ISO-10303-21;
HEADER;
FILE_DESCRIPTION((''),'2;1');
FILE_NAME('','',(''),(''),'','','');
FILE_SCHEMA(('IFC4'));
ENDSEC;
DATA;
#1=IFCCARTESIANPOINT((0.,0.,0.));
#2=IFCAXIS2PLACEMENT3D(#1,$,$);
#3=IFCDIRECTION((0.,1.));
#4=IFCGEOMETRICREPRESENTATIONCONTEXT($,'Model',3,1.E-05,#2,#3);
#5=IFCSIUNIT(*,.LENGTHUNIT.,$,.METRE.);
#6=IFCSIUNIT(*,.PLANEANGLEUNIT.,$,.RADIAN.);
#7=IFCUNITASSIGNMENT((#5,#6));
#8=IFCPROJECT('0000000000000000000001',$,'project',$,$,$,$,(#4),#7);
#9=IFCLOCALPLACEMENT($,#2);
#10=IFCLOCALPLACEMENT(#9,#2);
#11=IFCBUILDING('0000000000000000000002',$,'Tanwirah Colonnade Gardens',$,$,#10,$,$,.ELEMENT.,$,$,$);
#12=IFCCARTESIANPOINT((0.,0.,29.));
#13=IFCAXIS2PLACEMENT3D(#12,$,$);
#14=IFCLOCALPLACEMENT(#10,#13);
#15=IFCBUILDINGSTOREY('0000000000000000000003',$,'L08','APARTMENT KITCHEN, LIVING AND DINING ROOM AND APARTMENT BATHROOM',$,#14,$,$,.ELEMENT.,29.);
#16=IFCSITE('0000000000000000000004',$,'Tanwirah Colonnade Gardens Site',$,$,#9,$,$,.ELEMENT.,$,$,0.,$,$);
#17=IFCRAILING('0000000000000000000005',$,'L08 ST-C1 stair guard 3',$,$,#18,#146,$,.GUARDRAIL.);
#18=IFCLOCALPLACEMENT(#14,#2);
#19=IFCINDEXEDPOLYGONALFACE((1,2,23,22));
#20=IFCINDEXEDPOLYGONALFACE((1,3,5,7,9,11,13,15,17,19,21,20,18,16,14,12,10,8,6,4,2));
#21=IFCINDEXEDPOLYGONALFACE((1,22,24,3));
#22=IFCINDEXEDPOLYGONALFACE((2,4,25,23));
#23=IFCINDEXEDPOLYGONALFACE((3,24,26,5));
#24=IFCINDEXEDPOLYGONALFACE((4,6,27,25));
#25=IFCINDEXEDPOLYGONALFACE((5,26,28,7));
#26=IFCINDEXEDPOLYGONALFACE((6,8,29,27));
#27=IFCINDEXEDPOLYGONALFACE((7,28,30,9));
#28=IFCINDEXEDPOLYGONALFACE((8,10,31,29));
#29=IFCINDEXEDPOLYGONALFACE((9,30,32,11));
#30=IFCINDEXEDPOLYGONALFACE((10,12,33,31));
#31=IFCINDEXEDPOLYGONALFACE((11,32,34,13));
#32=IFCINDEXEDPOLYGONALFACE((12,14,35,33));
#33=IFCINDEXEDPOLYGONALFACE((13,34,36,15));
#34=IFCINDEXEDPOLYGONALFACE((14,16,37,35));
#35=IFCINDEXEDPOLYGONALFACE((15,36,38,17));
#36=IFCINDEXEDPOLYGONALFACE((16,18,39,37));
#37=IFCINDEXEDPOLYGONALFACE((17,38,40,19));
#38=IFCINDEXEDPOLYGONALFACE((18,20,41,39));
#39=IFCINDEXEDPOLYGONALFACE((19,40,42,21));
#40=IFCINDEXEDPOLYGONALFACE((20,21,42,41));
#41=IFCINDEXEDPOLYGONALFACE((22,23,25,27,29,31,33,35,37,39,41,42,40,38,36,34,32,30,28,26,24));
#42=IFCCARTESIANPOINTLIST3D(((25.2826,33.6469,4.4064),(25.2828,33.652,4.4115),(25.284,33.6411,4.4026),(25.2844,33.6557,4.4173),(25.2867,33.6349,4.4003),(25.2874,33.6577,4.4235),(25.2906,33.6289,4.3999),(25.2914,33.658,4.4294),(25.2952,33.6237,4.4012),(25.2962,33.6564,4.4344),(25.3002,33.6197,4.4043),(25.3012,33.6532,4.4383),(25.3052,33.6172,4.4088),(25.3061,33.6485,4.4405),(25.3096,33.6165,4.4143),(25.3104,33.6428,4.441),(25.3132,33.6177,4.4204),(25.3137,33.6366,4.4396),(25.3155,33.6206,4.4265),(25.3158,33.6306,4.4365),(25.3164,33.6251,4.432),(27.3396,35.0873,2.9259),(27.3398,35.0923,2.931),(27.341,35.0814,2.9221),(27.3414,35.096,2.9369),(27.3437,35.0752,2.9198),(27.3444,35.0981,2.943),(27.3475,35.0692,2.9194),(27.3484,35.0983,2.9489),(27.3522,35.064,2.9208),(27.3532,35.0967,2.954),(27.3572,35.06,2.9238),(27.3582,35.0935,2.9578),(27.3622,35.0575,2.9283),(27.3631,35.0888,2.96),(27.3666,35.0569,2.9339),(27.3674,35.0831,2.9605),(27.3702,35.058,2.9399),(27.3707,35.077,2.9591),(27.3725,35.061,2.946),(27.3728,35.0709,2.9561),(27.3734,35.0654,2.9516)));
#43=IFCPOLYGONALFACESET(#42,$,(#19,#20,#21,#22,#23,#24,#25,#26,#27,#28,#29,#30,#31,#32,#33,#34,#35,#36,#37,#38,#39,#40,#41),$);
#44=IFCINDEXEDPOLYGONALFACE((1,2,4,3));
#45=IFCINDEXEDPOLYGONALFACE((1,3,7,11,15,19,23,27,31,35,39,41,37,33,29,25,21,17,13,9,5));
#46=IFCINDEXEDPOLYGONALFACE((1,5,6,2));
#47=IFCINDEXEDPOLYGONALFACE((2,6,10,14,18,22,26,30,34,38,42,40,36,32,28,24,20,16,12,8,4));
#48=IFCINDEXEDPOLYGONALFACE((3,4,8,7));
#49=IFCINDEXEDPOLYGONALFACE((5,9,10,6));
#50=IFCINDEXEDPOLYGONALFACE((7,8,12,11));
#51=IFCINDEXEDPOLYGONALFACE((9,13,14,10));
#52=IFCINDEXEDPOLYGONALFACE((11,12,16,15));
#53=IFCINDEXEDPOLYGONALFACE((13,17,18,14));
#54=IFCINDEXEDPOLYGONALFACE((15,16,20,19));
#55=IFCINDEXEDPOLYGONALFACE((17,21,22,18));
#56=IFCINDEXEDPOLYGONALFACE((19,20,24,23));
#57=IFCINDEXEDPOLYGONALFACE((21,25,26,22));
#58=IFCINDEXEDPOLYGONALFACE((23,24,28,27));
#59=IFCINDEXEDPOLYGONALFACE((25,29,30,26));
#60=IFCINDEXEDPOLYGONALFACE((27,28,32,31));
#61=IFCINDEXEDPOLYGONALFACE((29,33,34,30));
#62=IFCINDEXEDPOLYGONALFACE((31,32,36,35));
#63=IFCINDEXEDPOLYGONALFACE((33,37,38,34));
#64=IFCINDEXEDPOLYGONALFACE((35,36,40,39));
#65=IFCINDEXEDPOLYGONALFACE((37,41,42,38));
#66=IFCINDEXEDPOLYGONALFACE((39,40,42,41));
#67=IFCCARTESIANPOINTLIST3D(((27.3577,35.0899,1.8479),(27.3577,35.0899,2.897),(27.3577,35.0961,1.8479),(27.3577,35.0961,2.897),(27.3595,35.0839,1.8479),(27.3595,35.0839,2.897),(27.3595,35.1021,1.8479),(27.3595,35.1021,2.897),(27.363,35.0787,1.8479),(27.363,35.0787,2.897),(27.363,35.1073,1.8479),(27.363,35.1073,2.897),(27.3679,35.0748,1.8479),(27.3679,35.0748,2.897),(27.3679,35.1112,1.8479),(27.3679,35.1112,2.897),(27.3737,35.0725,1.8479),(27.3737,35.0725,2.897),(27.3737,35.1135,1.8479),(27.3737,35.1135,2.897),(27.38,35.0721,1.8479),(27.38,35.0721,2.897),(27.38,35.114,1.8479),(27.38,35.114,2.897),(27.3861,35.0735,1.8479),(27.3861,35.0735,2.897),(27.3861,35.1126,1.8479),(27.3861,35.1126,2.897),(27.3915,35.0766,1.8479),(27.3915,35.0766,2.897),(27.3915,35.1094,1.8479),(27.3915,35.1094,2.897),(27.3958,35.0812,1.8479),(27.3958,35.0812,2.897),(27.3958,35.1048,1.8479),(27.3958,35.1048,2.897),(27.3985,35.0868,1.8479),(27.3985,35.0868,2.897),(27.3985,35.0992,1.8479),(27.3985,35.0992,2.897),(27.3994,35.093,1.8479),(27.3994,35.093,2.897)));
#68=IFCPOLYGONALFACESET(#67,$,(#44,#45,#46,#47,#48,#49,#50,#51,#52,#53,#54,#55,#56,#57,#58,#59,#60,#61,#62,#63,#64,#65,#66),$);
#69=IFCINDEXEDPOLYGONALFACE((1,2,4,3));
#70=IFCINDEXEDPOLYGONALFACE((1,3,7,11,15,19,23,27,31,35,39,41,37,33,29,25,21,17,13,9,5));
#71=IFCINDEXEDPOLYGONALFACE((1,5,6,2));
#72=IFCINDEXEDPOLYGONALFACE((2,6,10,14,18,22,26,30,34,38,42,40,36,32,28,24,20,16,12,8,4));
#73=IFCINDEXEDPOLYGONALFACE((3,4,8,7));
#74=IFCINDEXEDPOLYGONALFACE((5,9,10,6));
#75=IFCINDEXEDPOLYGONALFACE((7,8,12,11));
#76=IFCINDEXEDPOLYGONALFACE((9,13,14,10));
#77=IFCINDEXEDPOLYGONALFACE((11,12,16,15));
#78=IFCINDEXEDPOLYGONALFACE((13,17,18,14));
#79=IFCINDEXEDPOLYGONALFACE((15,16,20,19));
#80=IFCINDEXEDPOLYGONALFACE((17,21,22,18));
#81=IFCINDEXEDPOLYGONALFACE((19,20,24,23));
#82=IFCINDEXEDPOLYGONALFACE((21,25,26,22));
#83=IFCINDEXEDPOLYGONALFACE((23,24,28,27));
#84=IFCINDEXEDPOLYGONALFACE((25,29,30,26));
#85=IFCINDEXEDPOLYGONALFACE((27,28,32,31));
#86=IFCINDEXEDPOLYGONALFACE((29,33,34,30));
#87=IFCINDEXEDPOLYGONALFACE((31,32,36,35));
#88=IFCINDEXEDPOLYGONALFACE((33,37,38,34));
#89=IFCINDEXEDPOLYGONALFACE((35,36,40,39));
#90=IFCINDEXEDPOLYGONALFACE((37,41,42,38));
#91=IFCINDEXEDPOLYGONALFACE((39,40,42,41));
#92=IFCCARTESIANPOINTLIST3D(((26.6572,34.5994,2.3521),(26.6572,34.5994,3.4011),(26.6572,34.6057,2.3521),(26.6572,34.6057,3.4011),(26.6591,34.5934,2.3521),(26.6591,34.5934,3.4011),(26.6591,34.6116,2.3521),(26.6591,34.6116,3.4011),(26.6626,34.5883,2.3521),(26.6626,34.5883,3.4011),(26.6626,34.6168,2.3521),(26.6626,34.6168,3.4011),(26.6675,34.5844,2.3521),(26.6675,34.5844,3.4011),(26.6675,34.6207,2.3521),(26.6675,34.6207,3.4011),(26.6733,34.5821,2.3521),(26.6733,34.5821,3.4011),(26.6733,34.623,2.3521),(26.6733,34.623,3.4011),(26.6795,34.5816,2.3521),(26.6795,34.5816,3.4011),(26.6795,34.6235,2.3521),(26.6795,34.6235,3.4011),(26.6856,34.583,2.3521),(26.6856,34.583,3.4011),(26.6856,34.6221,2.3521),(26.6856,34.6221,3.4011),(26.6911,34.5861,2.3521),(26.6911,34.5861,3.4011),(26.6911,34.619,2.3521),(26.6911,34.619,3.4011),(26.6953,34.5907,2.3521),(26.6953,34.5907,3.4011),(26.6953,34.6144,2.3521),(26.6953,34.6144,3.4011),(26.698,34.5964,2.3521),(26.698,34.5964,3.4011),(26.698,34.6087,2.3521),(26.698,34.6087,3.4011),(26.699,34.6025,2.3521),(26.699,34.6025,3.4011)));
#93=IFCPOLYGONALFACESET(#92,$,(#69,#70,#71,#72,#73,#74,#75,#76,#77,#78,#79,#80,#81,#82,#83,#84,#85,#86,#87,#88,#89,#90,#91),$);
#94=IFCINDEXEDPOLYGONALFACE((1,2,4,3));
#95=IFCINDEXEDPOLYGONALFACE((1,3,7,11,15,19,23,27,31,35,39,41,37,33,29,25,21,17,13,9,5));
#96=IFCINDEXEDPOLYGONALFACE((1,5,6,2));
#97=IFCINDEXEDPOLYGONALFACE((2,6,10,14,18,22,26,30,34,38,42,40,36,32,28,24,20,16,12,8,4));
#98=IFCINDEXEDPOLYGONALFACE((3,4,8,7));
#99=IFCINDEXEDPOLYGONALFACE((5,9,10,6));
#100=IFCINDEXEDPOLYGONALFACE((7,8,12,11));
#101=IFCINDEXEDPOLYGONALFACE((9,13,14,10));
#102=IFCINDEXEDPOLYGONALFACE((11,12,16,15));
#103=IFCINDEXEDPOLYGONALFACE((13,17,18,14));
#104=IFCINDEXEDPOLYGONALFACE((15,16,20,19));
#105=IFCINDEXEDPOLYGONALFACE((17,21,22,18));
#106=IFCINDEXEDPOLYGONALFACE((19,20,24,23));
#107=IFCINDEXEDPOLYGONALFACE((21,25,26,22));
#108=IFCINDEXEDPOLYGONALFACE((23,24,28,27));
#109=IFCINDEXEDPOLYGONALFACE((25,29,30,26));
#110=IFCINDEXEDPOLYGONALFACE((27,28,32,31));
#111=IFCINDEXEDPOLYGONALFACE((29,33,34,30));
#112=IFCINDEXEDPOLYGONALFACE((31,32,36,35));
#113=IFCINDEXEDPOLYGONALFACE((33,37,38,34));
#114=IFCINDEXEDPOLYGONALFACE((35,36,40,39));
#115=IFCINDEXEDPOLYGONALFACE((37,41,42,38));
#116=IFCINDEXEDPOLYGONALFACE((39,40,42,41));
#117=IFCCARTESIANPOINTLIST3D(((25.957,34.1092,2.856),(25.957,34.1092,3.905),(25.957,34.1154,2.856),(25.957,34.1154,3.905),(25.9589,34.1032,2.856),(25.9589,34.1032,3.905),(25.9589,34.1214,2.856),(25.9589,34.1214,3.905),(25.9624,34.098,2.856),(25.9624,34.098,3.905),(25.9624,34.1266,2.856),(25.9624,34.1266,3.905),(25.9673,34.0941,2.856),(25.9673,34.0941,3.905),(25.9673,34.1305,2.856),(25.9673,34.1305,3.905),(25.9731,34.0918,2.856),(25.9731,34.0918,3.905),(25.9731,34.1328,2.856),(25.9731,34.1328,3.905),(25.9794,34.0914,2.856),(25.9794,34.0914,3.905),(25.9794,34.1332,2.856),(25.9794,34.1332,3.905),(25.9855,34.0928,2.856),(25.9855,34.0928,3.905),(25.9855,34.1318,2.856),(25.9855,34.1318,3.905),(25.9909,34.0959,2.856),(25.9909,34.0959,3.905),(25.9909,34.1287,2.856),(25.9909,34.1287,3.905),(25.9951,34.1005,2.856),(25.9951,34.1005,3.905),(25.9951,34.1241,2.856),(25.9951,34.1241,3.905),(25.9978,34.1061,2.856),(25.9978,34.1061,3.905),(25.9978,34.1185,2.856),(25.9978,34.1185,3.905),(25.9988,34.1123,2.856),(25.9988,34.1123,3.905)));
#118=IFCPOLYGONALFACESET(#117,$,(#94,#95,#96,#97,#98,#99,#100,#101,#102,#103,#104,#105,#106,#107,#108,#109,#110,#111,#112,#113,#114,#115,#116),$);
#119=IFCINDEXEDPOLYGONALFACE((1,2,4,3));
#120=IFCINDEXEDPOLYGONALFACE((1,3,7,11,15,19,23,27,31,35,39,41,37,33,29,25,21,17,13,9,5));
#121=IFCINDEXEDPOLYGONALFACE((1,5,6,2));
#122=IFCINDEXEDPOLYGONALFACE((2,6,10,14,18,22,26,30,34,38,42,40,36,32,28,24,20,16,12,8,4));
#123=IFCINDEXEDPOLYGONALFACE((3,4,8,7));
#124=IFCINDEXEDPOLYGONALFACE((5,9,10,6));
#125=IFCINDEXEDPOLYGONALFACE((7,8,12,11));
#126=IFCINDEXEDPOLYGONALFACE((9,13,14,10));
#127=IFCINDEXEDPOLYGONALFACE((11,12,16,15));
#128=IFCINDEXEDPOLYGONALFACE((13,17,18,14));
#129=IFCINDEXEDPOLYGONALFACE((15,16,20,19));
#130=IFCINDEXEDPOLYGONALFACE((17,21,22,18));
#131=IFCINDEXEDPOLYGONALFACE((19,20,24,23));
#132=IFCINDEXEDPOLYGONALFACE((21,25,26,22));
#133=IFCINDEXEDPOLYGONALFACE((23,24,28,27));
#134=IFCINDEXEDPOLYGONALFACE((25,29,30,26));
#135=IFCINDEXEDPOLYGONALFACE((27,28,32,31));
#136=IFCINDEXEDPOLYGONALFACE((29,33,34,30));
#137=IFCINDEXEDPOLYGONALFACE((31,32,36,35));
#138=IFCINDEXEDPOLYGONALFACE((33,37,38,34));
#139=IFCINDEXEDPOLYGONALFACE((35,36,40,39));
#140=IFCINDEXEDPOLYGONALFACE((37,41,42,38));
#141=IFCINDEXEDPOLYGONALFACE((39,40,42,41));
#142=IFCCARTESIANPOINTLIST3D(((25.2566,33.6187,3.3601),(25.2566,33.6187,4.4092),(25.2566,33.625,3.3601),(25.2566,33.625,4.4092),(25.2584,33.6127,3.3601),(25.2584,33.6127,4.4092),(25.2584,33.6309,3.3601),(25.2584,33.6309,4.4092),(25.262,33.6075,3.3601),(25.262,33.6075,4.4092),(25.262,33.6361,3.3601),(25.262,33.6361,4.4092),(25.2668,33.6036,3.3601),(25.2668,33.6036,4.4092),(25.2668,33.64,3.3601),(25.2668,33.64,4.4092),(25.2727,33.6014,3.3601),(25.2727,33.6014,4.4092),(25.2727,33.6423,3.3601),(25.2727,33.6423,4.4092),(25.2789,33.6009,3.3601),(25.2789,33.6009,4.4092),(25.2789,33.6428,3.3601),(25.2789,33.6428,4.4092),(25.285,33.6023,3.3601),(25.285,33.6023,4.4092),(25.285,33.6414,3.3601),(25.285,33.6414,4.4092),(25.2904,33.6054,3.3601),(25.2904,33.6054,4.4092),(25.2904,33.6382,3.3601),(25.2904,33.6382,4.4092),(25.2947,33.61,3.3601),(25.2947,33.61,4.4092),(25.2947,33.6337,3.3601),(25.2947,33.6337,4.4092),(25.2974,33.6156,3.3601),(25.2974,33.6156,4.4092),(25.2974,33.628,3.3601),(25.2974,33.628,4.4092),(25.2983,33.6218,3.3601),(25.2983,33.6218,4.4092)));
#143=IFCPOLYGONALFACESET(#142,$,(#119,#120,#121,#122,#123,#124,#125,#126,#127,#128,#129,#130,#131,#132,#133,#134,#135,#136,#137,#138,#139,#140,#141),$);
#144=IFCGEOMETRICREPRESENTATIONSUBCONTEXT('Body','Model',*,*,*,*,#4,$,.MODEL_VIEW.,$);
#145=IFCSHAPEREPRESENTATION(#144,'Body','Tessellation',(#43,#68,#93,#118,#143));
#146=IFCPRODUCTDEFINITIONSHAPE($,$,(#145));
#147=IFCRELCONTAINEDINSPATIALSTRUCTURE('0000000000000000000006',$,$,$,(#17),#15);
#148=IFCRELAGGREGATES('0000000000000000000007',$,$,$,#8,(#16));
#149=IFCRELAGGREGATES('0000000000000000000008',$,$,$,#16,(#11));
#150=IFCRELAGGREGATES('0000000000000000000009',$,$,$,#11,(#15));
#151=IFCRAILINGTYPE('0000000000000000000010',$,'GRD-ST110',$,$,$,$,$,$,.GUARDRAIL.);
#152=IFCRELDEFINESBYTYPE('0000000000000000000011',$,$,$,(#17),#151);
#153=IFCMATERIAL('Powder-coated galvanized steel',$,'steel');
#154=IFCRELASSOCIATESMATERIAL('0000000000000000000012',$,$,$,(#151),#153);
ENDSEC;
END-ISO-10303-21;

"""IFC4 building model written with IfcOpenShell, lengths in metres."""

from ifc_helpers import new_model, si_unit, direction, frame, origin, origin_2d, place, context, subcontext, project, spatial, circle, extrude, material, type_object, element, save


model = new_model("IFC4")

# Units and contexts
model_context = context("Model", 3, precision=1e-05, world=origin(), true_north=direction((0.0, 1.0)))
body_context = subcontext(model_context, "Body", "Model", "MODEL_VIEW")
ifc_project = project(units=[si_unit("LENGTHUNIT", "METRE"), si_unit("PLANEANGLEUNIT", "RADIAN")], contexts=[model_context])

# Site, building, storey
site_placement = place(None, origin())
site = spatial("IfcSite", under=ifc_project, at=site_placement, Name="Tanwirah Colonnade Gardens Site", CompositionType="ELEMENT", RefElevation=0.0)
building_placement = place(site_placement, origin())
building = spatial("IfcBuilding", under=site, at=building_placement, Name="Tanwirah Colonnade Gardens", CompositionType="ELEMENT")
storey_placement = place(building_placement, frame((0.0, 0.0, 29.0)))
storey = spatial("IfcBuildingStorey", under=building, at=storey_placement, Name="L08", Description="APARTMENT KITCHEN, LIVING AND DINING ROOM AND APARTMENT BATHROOM", CompositionType="ELEMENT", Elevation=29.0)

# Railing
ifc_material_1 = material(Name="Powder-coated galvanized steel", Category="steel")
railing_type_1 = type_object("IfcRailingType", Name="GRD-ST110", PredefinedType="GUARDRAIL", material=ifc_material_1)
railing_1_placement = place(storey_placement, frame((27.3784, 35.093, 1.8479)))
element("IfcRailing", 1, at=railing_1_placement, inside=storey, type_object=railing_type_1, Name="L08 ST-C1 stair guard 3", PredefinedType="GUARDRAIL", context=body_context, shape_type="SweptSolid", body=[
    extrude(circle(Radius=0.0239, at=origin_2d()), frame((-0.022, -0.0154, 1.092), z_axis=(-0.705643, -0.494098, 0.507873), x_axis=(0.573577, -0.819151, 0.0)), (0.0, 0.0, 1.0), 2.915),
    extrude(circle(Radius=0.021, at=origin_2d()), origin(), (0.0, 0.0, 1.0), 1.0491),
    extrude(circle(Radius=0.021, at=origin_2d()), frame((-0.7004, -0.4905, 0.5042)), (0.0, 0.0, 1.0), 1.0491),
    extrude(circle(Radius=0.021, at=origin_2d()), frame((-1.4006, -0.9807, 1.0081)), (0.0, 0.0, 1.0), 1.0491),
    extrude(circle(Radius=0.021, at=origin_2d()), frame((-2.1011, -1.4712, 1.5122)), (0.0, 0.0, 1.0), 1.0491),
])

save(model, "model.ifc")
